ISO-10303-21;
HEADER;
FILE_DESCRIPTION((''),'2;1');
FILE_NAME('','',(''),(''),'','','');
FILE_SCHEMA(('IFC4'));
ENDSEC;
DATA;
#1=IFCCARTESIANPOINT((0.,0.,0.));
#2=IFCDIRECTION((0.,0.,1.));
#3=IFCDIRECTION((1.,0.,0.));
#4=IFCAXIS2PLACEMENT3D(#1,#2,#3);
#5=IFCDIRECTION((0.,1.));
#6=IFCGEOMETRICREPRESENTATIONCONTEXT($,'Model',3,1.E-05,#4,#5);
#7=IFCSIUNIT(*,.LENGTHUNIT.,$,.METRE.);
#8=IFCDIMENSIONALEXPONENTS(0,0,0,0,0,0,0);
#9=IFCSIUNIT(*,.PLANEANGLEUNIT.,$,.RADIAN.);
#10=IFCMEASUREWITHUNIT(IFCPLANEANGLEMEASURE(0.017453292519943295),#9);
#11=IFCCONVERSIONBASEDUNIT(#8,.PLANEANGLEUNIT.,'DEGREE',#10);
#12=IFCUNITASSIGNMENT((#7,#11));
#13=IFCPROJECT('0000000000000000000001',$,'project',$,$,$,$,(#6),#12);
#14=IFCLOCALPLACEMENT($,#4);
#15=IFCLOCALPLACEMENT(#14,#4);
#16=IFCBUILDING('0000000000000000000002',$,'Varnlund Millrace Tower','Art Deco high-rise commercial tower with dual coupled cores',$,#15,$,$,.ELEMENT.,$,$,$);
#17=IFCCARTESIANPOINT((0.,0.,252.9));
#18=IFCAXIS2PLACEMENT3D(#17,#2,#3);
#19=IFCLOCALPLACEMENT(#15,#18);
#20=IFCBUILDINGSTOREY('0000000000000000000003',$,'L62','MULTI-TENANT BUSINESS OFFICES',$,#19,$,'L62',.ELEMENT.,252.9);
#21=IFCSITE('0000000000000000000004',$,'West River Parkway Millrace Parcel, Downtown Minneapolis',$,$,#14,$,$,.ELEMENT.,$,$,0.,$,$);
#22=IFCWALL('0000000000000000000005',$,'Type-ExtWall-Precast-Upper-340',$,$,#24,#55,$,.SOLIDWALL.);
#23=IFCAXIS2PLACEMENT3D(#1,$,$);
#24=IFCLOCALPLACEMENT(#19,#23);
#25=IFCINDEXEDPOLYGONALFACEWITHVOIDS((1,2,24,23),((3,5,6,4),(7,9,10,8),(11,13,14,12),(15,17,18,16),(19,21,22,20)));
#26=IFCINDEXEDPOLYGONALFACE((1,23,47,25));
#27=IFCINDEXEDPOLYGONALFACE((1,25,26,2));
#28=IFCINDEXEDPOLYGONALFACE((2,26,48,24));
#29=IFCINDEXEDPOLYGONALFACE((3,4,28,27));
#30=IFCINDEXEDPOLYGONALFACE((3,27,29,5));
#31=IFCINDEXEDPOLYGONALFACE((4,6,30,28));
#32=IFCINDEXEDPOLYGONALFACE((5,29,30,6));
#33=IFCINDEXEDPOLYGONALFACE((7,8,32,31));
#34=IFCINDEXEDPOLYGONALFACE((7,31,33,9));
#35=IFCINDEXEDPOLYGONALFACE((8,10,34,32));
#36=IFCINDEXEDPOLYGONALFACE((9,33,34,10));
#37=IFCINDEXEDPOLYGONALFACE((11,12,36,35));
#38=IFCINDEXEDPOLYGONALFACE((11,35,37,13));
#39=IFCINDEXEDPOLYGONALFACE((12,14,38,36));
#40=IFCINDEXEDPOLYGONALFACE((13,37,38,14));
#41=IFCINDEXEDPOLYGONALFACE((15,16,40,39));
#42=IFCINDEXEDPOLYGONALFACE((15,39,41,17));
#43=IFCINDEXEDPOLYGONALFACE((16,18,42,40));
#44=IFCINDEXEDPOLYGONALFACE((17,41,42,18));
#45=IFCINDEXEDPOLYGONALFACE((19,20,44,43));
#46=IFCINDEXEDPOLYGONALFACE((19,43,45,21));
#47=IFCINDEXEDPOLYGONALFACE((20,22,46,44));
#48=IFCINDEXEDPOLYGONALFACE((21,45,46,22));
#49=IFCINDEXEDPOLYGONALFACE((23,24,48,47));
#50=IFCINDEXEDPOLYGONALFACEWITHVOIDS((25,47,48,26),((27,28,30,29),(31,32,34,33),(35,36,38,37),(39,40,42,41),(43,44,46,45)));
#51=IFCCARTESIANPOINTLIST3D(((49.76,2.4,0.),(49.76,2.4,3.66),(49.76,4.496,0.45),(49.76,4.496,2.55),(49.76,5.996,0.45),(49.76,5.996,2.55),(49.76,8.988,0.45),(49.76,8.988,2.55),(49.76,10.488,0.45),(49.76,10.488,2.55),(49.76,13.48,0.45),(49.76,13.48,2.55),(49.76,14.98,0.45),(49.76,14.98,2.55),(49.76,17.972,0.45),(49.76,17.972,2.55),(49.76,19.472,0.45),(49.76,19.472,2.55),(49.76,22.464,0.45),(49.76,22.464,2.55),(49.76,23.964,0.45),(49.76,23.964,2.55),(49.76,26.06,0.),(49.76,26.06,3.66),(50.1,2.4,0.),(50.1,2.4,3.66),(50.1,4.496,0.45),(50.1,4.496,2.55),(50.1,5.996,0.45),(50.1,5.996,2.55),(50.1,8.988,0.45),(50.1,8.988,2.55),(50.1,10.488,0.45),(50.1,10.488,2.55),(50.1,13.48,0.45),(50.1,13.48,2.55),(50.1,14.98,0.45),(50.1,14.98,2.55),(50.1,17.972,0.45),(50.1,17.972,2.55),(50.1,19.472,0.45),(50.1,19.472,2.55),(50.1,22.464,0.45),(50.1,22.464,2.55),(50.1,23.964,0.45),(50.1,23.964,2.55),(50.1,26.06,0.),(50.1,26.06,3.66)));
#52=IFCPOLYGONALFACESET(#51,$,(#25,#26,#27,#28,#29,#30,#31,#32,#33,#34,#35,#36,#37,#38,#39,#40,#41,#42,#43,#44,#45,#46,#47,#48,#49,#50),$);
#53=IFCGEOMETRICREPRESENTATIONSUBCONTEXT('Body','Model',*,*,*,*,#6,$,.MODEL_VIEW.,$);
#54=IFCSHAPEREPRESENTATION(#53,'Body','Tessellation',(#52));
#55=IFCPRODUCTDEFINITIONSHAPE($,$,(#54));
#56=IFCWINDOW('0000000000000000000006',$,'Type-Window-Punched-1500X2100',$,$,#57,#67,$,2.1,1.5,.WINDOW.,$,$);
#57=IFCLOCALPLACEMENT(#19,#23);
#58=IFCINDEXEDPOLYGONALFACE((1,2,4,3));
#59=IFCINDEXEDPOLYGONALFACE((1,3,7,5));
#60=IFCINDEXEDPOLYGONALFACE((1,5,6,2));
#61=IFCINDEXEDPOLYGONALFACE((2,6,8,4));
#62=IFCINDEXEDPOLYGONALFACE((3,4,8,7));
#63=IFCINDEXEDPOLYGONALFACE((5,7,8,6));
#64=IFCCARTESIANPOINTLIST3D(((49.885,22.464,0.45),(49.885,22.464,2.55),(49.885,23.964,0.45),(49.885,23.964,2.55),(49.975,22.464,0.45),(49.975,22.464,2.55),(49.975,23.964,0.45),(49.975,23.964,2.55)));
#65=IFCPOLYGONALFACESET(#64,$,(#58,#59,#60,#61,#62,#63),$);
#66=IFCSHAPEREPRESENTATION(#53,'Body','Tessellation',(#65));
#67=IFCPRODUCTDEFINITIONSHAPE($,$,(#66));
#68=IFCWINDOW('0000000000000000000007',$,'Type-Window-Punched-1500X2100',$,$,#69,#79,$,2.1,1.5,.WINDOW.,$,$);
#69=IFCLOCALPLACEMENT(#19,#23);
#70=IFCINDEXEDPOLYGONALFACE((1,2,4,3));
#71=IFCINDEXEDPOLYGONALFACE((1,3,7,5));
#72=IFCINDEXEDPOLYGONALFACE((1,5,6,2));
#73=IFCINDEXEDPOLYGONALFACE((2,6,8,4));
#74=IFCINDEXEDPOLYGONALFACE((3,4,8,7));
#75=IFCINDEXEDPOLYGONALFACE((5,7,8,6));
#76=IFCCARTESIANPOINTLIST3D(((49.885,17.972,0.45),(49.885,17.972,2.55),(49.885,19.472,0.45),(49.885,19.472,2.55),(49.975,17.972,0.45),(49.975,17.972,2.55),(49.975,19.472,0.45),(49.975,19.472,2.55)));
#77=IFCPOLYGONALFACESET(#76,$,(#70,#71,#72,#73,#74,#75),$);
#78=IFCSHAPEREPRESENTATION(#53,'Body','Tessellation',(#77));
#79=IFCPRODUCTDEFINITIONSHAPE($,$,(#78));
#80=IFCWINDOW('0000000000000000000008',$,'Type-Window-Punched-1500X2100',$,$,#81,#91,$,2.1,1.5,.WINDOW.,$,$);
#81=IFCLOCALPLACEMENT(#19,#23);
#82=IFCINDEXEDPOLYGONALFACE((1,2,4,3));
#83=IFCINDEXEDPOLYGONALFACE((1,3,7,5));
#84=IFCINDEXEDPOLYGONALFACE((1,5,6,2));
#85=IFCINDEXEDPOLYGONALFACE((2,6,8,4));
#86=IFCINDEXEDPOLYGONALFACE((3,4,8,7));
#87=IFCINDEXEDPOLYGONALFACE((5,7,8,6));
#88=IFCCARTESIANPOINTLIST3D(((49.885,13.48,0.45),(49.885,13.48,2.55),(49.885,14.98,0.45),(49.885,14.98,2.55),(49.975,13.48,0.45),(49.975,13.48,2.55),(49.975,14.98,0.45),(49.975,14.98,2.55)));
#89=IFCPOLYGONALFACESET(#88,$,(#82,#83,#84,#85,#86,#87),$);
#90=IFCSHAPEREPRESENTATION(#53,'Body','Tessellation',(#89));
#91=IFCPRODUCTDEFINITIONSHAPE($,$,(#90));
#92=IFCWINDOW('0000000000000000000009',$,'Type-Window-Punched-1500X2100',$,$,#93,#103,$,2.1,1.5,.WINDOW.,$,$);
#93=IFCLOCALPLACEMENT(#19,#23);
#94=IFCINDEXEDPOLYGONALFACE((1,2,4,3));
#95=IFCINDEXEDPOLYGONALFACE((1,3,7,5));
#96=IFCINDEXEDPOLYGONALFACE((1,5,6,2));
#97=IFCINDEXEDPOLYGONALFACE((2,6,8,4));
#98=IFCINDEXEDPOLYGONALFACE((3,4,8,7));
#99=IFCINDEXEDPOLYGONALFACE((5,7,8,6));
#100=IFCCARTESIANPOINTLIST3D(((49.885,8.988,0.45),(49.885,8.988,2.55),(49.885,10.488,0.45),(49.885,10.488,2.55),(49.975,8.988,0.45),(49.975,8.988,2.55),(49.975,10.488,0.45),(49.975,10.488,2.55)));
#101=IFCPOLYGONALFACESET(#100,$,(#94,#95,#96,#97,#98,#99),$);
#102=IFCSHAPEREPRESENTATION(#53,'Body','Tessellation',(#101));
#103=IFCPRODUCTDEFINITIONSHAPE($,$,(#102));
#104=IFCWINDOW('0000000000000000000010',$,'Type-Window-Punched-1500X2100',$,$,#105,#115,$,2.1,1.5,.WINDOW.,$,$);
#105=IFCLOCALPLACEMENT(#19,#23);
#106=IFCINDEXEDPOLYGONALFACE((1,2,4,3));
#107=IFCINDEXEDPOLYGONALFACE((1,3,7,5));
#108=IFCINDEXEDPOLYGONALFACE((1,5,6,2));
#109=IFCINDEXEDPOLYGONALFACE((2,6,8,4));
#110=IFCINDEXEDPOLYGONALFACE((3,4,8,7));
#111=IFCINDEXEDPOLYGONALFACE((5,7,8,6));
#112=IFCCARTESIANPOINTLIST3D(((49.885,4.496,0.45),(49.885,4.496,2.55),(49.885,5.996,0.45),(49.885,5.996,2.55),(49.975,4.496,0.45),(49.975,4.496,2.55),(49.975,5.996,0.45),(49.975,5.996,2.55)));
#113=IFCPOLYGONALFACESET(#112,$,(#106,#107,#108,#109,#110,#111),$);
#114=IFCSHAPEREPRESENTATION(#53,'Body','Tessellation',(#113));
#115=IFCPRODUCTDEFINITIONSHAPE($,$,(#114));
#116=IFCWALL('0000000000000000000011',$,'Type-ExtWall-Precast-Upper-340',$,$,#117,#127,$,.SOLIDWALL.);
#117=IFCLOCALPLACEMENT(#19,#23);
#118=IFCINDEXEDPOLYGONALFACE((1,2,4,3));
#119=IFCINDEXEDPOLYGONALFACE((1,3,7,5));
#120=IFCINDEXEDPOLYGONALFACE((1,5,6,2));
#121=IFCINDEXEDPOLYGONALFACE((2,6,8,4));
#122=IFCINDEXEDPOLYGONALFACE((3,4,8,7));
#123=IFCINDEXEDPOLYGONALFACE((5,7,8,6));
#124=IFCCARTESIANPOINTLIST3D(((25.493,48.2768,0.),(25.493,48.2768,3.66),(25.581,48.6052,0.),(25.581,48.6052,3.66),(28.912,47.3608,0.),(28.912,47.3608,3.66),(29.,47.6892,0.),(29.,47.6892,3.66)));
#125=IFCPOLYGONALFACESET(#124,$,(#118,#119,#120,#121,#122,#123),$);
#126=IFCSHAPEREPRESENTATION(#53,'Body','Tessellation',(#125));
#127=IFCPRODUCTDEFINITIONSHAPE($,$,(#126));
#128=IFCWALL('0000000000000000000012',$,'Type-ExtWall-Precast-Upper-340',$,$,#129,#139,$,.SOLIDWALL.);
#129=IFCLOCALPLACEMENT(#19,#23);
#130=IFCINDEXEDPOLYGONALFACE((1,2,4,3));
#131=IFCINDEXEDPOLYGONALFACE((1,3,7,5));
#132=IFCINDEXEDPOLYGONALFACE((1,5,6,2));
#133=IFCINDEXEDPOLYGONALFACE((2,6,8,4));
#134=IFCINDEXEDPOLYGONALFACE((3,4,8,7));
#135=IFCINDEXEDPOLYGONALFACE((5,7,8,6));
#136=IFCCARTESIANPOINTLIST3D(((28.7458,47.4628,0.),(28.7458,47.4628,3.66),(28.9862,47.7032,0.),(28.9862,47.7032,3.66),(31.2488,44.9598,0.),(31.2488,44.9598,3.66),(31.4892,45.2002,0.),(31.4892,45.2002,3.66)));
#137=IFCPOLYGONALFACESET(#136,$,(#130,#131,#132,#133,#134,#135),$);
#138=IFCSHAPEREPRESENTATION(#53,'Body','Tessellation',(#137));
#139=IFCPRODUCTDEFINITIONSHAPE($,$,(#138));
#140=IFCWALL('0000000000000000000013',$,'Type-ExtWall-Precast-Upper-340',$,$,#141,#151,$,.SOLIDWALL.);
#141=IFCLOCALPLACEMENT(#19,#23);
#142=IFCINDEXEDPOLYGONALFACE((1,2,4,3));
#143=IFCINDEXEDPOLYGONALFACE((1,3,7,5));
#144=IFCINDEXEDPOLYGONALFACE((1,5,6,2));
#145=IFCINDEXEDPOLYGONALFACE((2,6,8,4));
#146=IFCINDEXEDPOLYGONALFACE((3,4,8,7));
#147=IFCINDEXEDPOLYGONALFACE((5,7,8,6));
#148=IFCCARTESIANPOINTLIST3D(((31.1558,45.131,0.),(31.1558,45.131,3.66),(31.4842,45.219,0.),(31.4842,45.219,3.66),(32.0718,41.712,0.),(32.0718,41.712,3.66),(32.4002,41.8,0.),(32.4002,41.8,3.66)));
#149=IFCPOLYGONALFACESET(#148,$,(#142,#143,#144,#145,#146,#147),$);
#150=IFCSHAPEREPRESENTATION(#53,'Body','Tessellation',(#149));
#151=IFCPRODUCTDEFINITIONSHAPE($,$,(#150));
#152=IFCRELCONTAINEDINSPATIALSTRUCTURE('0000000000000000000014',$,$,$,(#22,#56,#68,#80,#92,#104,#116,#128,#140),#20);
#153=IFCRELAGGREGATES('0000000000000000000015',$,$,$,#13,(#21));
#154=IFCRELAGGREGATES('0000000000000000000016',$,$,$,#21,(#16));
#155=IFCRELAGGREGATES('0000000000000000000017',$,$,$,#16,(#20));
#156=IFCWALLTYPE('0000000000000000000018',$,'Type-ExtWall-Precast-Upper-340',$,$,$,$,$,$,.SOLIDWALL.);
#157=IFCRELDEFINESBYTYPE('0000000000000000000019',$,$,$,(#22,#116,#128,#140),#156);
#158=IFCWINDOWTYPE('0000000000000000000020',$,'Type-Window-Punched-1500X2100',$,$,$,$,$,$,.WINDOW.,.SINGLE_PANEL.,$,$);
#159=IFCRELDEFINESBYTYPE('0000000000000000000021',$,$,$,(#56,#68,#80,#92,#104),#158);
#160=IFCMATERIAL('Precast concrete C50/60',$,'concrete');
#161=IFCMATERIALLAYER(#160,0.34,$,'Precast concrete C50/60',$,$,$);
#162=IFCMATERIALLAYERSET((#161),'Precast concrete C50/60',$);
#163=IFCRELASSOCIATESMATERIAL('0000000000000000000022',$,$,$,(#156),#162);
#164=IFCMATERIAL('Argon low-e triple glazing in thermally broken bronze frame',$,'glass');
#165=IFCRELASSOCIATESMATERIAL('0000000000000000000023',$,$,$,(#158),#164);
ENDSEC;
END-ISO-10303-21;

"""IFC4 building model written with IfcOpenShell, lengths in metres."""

from ifc_helpers import new_model, entity, si_unit, converted_unit, direction, frame, origin_with_axes, origin_2d_with_axis, place, context, subcontext, project, spatial, polyline, rectangle, outline, extrude, material, layer, layer_set, type_object, element, fill, save


model = new_model("IFC4")

# Units and contexts
model_context = context("Model", 3, precision=1e-05, world=origin_with_axes(), true_north=direction((0.0, 1.0)))
body_context = subcontext(model_context, "Body", "Model", "MODEL_VIEW")
ifc_project = project(units=[si_unit("LENGTHUNIT", "METRE"), converted_unit("PLANEANGLEUNIT", "DEGREE", entity("IfcPlaneAngleMeasure", 0.017453292519943295), si_unit("PLANEANGLEUNIT", "RADIAN"), dimensions=[0, 0, 0, 0, 0, 0, 0])], contexts=[model_context])

# Site, building, storey
site_placement = place(None, origin_with_axes())
site = spatial("IfcSite", under=ifc_project, at=site_placement, Name="West River Parkway Millrace Parcel, Downtown Minneapolis", CompositionType="ELEMENT", RefElevation=0.0)
building_placement = place(site_placement, origin_with_axes())
building = spatial("IfcBuilding", under=site, at=building_placement, Name="Varnlund Millrace Tower", Description="Art Deco high-rise commercial tower with dual coupled cores", CompositionType="ELEMENT")
storey_placement = place(building_placement, frame((0.0, 0.0, 252.9), z_axis=(0.0, 0.0, 1.0), x_axis=(1.0, 0.0, 0.0)))
storey = spatial("IfcBuildingStorey", under=building, at=storey_placement, Name="L62", Description="MULTI-TENANT BUSINESS OFFICES", LongName="L62", CompositionType="ELEMENT", Elevation=252.9)

# Shared definitions
ifc_material_1 = material(Name="Precast concrete C50/60", Category="concrete")
ifc_layer_1 = layer(ifc_material_1, 0.34, Name="Precast concrete C50/60")
ifc_layer_set_1 = layer_set([ifc_layer_1], Name="Precast concrete C50/60")
wall_type_1 = type_object("IfcWallType", Name="Type-ExtWall-Precast-Upper-340", PredefinedType="SOLIDWALL", material=ifc_layer_set_1)
ifc_material_2 = material(Name="Argon low-e triple glazing in thermally broken bronze frame", Category="glass")
window_type = type_object("IfcWindowType", Name="Type-Window-Punched-1500X2100", PartitioningType="SINGLE_PANEL", PredefinedType="WINDOW", material=ifc_material_2)

# Wall, openings, windows
wall_1_placement = place(storey_placement, frame((49.93, 26.06, 0.0), z_axis=(0.0, 0.0, 1.0), x_axis=(0.0, -1.0, 0.0)))
wall_1 = element("IfcWall", 1, at=wall_1_placement, inside=storey, type_object=wall_type_1, Name="Type-ExtWall-Precast-Upper-340", PredefinedType="SOLIDWALL", context=body_context, shape_type="SweptSolid", body=[
    extrude(outline(polyline([(0.0, -0.17), (23.66, -0.17), (23.66, 0.17), (0.0, 0.17), (0.0, -0.17)])), origin_with_axes(), (0.0, 0.0, 1.0), 3.66),
])
opening_1_placement = place(wall_1_placement, frame((2.846, 0.0, 0.45), z_axis=(0.0, 0.0, 1.0), x_axis=(1.0, 0.0, 0.0)))
opening_1 = element("IfcOpeningElement", 2, at=opening_1_placement, cuts=wall_1, PredefinedType="OPENING", context=body_context, shape_type="SweptSolid", body=[
    extrude(rectangle(XDim=1.5, YDim=0.36, at=origin_2d_with_axis()), origin_with_axes(), (0.0, 0.0, 1.0), 2.1),
])
opening_2_placement = place(wall_1_placement, frame((7.338, 0.0, 0.45), z_axis=(0.0, 0.0, 1.0), x_axis=(1.0, 0.0, 0.0)))
opening_2 = element("IfcOpeningElement", 3, at=opening_2_placement, cuts=wall_1, PredefinedType="OPENING", context=body_context, shape_type="SweptSolid", body=[
    extrude(rectangle(XDim=1.5, YDim=0.36, at=origin_2d_with_axis()), origin_with_axes(), (0.0, 0.0, 1.0), 2.1),
])
opening_3_placement = place(wall_1_placement, frame((11.83, 0.0, 0.45), z_axis=(0.0, 0.0, 1.0), x_axis=(1.0, 0.0, 0.0)))
opening_3 = element("IfcOpeningElement", 4, at=opening_3_placement, cuts=wall_1, PredefinedType="OPENING", context=body_context, shape_type="SweptSolid", body=[
    extrude(rectangle(XDim=1.5, YDim=0.36, at=origin_2d_with_axis()), origin_with_axes(), (0.0, 0.0, 1.0), 2.1),
])
opening_4_placement = place(wall_1_placement, frame((16.322, 0.0, 0.45), z_axis=(0.0, 0.0, 1.0), x_axis=(1.0, 0.0, 0.0)))
opening_4 = element("IfcOpeningElement", 5, at=opening_4_placement, cuts=wall_1, PredefinedType="OPENING", context=body_context, shape_type="SweptSolid", body=[
    extrude(rectangle(XDim=1.5, YDim=0.36, at=origin_2d_with_axis()), origin_with_axes(), (0.0, 0.0, 1.0), 2.1),
])
opening_5_placement = place(wall_1_placement, frame((20.814, 0.0, 0.45), z_axis=(0.0, 0.0, 1.0), x_axis=(1.0, 0.0, 0.0)))
opening_5 = element("IfcOpeningElement", 6, at=opening_5_placement, cuts=wall_1, PredefinedType="OPENING", context=body_context, shape_type="SweptSolid", body=[
    extrude(rectangle(XDim=1.5, YDim=0.36, at=origin_2d_with_axis()), origin_with_axes(), (0.0, 0.0, 1.0), 2.1),
])
window_1_placement = place(wall_1_placement, frame((2.846, 0.0, 0.45), z_axis=(0.0, 0.0, 1.0), x_axis=(1.0, 0.0, 0.0)))
window_1 = element("IfcWindow", 7, at=window_1_placement, inside=storey, type_object=window_type, Name="Type-Window-Punched-1500X2100", OverallHeight=2.1, OverallWidth=1.5, PredefinedType="WINDOW", context=body_context, shape_type="SweptSolid", body=[
    extrude(rectangle(XDim=1.5, YDim=0.09, at=origin_2d_with_axis()), origin_with_axes(), (0.0, 0.0, 1.0), 2.1),
])
fill(opening_1, window_1)
window_2_placement = place(wall_1_placement, frame((7.338, 0.0, 0.45), z_axis=(0.0, 0.0, 1.0), x_axis=(1.0, 0.0, 0.0)))
window_2 = element("IfcWindow", 8, at=window_2_placement, inside=storey, type_object=window_type, Name="Type-Window-Punched-1500X2100", OverallHeight=2.1, OverallWidth=1.5, PredefinedType="WINDOW", context=body_context, shape_type="SweptSolid", body=[
    extrude(rectangle(XDim=1.5, YDim=0.09, at=origin_2d_with_axis()), origin_with_axes(), (0.0, 0.0, 1.0), 2.1),
])
fill(opening_2, window_2)
window_3_placement = place(wall_1_placement, frame((11.83, 0.0, 0.45), z_axis=(0.0, 0.0, 1.0), x_axis=(1.0, 0.0, 0.0)))
window_3 = element("IfcWindow", 9, at=window_3_placement, inside=storey, type_object=window_type, Name="Type-Window-Punched-1500X2100", OverallHeight=2.1, OverallWidth=1.5, PredefinedType="WINDOW", context=body_context, shape_type="SweptSolid", body=[
    extrude(rectangle(XDim=1.5, YDim=0.09, at=origin_2d_with_axis()), origin_with_axes(), (0.0, 0.0, 1.0), 2.1),
])
fill(opening_3, window_3)
window_4_placement = place(wall_1_placement, frame((16.322, 0.0, 0.45), z_axis=(0.0, 0.0, 1.0), x_axis=(1.0, 0.0, 0.0)))
window_4 = element("IfcWindow", 10, at=window_4_placement, inside=storey, type_object=window_type, Name="Type-Window-Punched-1500X2100", OverallHeight=2.1, OverallWidth=1.5, PredefinedType="WINDOW", context=body_context, shape_type="SweptSolid", body=[
    extrude(rectangle(XDim=1.5, YDim=0.09, at=origin_2d_with_axis()), origin_with_axes(), (0.0, 0.0, 1.0), 2.1),
])
fill(opening_4, window_4)
window_5_placement = place(wall_1_placement, frame((20.814, 0.0, 0.45), z_axis=(0.0, 0.0, 1.0), x_axis=(1.0, 0.0, 0.0)))
window_5 = element("IfcWindow", 11, at=window_5_placement, inside=storey, type_object=window_type, Name="Type-Window-Punched-1500X2100", OverallHeight=2.1, OverallWidth=1.5, PredefinedType="WINDOW", context=body_context, shape_type="SweptSolid", body=[
    extrude(rectangle(XDim=1.5, YDim=0.09, at=origin_2d_with_axis()), origin_with_axes(), (0.0, 0.0, 1.0), 2.1),
])
fill(opening_5, window_5)

# Walls
wall_2_placement = place(storey_placement, frame((25.537, 48.441, 0.0), z_axis=(0.0, 0.0, 1.0), x_axis=(0.965934, -0.258788, 0.0)))
element("IfcWall", 12, at=wall_2_placement, inside=storey, type_object=wall_type_1, Name="Type-ExtWall-Precast-Upper-340", PredefinedType="SOLIDWALL", context=body_context, shape_type="SweptSolid", body=[
    extrude(outline(polyline([(0.0, -0.17), (3.5396, -0.17), (3.5396, 0.17), (0.0, 0.17), (0.0, -0.17)])), origin_with_axes(), (0.0, 0.0, 1.0), 3.66),
])
wall_3_placement = place(storey_placement, frame((28.866, 47.583, 0.0), z_axis=(0.0, 0.0, 1.0), x_axis=(0.707107, -0.707107, 0.0)))
element("IfcWall", 13, at=wall_3_placement, inside=storey, type_object=wall_type_1, Name="Type-ExtWall-Precast-Upper-340", PredefinedType="SOLIDWALL", context=body_context, shape_type="SweptSolid", body=[
    extrude(outline(polyline([(0.0, -0.17), (3.5398, -0.17), (3.5398, 0.17), (0.0, 0.17), (0.0, -0.17)])), origin_with_axes(), (0.0, 0.0, 1.0), 3.66),
])
wall_4_placement = place(storey_placement, frame((31.32, 45.175, 0.0), z_axis=(0.0, 0.0, 1.0), x_axis=(0.258788, -0.965934, 0.0)))
element("IfcWall", 14, at=wall_4_placement, inside=storey, type_object=wall_type_1, Name="Type-ExtWall-Precast-Upper-340", PredefinedType="SOLIDWALL", context=body_context, shape_type="SweptSolid", body=[
    extrude(outline(polyline([(0.0, -0.17), (3.5396, -0.17), (3.5396, 0.17), (0.0, 0.17), (0.0, -0.17)])), origin_with_axes(), (0.0, 0.0, 1.0), 3.66),
])

save(model, "model.ifc")
